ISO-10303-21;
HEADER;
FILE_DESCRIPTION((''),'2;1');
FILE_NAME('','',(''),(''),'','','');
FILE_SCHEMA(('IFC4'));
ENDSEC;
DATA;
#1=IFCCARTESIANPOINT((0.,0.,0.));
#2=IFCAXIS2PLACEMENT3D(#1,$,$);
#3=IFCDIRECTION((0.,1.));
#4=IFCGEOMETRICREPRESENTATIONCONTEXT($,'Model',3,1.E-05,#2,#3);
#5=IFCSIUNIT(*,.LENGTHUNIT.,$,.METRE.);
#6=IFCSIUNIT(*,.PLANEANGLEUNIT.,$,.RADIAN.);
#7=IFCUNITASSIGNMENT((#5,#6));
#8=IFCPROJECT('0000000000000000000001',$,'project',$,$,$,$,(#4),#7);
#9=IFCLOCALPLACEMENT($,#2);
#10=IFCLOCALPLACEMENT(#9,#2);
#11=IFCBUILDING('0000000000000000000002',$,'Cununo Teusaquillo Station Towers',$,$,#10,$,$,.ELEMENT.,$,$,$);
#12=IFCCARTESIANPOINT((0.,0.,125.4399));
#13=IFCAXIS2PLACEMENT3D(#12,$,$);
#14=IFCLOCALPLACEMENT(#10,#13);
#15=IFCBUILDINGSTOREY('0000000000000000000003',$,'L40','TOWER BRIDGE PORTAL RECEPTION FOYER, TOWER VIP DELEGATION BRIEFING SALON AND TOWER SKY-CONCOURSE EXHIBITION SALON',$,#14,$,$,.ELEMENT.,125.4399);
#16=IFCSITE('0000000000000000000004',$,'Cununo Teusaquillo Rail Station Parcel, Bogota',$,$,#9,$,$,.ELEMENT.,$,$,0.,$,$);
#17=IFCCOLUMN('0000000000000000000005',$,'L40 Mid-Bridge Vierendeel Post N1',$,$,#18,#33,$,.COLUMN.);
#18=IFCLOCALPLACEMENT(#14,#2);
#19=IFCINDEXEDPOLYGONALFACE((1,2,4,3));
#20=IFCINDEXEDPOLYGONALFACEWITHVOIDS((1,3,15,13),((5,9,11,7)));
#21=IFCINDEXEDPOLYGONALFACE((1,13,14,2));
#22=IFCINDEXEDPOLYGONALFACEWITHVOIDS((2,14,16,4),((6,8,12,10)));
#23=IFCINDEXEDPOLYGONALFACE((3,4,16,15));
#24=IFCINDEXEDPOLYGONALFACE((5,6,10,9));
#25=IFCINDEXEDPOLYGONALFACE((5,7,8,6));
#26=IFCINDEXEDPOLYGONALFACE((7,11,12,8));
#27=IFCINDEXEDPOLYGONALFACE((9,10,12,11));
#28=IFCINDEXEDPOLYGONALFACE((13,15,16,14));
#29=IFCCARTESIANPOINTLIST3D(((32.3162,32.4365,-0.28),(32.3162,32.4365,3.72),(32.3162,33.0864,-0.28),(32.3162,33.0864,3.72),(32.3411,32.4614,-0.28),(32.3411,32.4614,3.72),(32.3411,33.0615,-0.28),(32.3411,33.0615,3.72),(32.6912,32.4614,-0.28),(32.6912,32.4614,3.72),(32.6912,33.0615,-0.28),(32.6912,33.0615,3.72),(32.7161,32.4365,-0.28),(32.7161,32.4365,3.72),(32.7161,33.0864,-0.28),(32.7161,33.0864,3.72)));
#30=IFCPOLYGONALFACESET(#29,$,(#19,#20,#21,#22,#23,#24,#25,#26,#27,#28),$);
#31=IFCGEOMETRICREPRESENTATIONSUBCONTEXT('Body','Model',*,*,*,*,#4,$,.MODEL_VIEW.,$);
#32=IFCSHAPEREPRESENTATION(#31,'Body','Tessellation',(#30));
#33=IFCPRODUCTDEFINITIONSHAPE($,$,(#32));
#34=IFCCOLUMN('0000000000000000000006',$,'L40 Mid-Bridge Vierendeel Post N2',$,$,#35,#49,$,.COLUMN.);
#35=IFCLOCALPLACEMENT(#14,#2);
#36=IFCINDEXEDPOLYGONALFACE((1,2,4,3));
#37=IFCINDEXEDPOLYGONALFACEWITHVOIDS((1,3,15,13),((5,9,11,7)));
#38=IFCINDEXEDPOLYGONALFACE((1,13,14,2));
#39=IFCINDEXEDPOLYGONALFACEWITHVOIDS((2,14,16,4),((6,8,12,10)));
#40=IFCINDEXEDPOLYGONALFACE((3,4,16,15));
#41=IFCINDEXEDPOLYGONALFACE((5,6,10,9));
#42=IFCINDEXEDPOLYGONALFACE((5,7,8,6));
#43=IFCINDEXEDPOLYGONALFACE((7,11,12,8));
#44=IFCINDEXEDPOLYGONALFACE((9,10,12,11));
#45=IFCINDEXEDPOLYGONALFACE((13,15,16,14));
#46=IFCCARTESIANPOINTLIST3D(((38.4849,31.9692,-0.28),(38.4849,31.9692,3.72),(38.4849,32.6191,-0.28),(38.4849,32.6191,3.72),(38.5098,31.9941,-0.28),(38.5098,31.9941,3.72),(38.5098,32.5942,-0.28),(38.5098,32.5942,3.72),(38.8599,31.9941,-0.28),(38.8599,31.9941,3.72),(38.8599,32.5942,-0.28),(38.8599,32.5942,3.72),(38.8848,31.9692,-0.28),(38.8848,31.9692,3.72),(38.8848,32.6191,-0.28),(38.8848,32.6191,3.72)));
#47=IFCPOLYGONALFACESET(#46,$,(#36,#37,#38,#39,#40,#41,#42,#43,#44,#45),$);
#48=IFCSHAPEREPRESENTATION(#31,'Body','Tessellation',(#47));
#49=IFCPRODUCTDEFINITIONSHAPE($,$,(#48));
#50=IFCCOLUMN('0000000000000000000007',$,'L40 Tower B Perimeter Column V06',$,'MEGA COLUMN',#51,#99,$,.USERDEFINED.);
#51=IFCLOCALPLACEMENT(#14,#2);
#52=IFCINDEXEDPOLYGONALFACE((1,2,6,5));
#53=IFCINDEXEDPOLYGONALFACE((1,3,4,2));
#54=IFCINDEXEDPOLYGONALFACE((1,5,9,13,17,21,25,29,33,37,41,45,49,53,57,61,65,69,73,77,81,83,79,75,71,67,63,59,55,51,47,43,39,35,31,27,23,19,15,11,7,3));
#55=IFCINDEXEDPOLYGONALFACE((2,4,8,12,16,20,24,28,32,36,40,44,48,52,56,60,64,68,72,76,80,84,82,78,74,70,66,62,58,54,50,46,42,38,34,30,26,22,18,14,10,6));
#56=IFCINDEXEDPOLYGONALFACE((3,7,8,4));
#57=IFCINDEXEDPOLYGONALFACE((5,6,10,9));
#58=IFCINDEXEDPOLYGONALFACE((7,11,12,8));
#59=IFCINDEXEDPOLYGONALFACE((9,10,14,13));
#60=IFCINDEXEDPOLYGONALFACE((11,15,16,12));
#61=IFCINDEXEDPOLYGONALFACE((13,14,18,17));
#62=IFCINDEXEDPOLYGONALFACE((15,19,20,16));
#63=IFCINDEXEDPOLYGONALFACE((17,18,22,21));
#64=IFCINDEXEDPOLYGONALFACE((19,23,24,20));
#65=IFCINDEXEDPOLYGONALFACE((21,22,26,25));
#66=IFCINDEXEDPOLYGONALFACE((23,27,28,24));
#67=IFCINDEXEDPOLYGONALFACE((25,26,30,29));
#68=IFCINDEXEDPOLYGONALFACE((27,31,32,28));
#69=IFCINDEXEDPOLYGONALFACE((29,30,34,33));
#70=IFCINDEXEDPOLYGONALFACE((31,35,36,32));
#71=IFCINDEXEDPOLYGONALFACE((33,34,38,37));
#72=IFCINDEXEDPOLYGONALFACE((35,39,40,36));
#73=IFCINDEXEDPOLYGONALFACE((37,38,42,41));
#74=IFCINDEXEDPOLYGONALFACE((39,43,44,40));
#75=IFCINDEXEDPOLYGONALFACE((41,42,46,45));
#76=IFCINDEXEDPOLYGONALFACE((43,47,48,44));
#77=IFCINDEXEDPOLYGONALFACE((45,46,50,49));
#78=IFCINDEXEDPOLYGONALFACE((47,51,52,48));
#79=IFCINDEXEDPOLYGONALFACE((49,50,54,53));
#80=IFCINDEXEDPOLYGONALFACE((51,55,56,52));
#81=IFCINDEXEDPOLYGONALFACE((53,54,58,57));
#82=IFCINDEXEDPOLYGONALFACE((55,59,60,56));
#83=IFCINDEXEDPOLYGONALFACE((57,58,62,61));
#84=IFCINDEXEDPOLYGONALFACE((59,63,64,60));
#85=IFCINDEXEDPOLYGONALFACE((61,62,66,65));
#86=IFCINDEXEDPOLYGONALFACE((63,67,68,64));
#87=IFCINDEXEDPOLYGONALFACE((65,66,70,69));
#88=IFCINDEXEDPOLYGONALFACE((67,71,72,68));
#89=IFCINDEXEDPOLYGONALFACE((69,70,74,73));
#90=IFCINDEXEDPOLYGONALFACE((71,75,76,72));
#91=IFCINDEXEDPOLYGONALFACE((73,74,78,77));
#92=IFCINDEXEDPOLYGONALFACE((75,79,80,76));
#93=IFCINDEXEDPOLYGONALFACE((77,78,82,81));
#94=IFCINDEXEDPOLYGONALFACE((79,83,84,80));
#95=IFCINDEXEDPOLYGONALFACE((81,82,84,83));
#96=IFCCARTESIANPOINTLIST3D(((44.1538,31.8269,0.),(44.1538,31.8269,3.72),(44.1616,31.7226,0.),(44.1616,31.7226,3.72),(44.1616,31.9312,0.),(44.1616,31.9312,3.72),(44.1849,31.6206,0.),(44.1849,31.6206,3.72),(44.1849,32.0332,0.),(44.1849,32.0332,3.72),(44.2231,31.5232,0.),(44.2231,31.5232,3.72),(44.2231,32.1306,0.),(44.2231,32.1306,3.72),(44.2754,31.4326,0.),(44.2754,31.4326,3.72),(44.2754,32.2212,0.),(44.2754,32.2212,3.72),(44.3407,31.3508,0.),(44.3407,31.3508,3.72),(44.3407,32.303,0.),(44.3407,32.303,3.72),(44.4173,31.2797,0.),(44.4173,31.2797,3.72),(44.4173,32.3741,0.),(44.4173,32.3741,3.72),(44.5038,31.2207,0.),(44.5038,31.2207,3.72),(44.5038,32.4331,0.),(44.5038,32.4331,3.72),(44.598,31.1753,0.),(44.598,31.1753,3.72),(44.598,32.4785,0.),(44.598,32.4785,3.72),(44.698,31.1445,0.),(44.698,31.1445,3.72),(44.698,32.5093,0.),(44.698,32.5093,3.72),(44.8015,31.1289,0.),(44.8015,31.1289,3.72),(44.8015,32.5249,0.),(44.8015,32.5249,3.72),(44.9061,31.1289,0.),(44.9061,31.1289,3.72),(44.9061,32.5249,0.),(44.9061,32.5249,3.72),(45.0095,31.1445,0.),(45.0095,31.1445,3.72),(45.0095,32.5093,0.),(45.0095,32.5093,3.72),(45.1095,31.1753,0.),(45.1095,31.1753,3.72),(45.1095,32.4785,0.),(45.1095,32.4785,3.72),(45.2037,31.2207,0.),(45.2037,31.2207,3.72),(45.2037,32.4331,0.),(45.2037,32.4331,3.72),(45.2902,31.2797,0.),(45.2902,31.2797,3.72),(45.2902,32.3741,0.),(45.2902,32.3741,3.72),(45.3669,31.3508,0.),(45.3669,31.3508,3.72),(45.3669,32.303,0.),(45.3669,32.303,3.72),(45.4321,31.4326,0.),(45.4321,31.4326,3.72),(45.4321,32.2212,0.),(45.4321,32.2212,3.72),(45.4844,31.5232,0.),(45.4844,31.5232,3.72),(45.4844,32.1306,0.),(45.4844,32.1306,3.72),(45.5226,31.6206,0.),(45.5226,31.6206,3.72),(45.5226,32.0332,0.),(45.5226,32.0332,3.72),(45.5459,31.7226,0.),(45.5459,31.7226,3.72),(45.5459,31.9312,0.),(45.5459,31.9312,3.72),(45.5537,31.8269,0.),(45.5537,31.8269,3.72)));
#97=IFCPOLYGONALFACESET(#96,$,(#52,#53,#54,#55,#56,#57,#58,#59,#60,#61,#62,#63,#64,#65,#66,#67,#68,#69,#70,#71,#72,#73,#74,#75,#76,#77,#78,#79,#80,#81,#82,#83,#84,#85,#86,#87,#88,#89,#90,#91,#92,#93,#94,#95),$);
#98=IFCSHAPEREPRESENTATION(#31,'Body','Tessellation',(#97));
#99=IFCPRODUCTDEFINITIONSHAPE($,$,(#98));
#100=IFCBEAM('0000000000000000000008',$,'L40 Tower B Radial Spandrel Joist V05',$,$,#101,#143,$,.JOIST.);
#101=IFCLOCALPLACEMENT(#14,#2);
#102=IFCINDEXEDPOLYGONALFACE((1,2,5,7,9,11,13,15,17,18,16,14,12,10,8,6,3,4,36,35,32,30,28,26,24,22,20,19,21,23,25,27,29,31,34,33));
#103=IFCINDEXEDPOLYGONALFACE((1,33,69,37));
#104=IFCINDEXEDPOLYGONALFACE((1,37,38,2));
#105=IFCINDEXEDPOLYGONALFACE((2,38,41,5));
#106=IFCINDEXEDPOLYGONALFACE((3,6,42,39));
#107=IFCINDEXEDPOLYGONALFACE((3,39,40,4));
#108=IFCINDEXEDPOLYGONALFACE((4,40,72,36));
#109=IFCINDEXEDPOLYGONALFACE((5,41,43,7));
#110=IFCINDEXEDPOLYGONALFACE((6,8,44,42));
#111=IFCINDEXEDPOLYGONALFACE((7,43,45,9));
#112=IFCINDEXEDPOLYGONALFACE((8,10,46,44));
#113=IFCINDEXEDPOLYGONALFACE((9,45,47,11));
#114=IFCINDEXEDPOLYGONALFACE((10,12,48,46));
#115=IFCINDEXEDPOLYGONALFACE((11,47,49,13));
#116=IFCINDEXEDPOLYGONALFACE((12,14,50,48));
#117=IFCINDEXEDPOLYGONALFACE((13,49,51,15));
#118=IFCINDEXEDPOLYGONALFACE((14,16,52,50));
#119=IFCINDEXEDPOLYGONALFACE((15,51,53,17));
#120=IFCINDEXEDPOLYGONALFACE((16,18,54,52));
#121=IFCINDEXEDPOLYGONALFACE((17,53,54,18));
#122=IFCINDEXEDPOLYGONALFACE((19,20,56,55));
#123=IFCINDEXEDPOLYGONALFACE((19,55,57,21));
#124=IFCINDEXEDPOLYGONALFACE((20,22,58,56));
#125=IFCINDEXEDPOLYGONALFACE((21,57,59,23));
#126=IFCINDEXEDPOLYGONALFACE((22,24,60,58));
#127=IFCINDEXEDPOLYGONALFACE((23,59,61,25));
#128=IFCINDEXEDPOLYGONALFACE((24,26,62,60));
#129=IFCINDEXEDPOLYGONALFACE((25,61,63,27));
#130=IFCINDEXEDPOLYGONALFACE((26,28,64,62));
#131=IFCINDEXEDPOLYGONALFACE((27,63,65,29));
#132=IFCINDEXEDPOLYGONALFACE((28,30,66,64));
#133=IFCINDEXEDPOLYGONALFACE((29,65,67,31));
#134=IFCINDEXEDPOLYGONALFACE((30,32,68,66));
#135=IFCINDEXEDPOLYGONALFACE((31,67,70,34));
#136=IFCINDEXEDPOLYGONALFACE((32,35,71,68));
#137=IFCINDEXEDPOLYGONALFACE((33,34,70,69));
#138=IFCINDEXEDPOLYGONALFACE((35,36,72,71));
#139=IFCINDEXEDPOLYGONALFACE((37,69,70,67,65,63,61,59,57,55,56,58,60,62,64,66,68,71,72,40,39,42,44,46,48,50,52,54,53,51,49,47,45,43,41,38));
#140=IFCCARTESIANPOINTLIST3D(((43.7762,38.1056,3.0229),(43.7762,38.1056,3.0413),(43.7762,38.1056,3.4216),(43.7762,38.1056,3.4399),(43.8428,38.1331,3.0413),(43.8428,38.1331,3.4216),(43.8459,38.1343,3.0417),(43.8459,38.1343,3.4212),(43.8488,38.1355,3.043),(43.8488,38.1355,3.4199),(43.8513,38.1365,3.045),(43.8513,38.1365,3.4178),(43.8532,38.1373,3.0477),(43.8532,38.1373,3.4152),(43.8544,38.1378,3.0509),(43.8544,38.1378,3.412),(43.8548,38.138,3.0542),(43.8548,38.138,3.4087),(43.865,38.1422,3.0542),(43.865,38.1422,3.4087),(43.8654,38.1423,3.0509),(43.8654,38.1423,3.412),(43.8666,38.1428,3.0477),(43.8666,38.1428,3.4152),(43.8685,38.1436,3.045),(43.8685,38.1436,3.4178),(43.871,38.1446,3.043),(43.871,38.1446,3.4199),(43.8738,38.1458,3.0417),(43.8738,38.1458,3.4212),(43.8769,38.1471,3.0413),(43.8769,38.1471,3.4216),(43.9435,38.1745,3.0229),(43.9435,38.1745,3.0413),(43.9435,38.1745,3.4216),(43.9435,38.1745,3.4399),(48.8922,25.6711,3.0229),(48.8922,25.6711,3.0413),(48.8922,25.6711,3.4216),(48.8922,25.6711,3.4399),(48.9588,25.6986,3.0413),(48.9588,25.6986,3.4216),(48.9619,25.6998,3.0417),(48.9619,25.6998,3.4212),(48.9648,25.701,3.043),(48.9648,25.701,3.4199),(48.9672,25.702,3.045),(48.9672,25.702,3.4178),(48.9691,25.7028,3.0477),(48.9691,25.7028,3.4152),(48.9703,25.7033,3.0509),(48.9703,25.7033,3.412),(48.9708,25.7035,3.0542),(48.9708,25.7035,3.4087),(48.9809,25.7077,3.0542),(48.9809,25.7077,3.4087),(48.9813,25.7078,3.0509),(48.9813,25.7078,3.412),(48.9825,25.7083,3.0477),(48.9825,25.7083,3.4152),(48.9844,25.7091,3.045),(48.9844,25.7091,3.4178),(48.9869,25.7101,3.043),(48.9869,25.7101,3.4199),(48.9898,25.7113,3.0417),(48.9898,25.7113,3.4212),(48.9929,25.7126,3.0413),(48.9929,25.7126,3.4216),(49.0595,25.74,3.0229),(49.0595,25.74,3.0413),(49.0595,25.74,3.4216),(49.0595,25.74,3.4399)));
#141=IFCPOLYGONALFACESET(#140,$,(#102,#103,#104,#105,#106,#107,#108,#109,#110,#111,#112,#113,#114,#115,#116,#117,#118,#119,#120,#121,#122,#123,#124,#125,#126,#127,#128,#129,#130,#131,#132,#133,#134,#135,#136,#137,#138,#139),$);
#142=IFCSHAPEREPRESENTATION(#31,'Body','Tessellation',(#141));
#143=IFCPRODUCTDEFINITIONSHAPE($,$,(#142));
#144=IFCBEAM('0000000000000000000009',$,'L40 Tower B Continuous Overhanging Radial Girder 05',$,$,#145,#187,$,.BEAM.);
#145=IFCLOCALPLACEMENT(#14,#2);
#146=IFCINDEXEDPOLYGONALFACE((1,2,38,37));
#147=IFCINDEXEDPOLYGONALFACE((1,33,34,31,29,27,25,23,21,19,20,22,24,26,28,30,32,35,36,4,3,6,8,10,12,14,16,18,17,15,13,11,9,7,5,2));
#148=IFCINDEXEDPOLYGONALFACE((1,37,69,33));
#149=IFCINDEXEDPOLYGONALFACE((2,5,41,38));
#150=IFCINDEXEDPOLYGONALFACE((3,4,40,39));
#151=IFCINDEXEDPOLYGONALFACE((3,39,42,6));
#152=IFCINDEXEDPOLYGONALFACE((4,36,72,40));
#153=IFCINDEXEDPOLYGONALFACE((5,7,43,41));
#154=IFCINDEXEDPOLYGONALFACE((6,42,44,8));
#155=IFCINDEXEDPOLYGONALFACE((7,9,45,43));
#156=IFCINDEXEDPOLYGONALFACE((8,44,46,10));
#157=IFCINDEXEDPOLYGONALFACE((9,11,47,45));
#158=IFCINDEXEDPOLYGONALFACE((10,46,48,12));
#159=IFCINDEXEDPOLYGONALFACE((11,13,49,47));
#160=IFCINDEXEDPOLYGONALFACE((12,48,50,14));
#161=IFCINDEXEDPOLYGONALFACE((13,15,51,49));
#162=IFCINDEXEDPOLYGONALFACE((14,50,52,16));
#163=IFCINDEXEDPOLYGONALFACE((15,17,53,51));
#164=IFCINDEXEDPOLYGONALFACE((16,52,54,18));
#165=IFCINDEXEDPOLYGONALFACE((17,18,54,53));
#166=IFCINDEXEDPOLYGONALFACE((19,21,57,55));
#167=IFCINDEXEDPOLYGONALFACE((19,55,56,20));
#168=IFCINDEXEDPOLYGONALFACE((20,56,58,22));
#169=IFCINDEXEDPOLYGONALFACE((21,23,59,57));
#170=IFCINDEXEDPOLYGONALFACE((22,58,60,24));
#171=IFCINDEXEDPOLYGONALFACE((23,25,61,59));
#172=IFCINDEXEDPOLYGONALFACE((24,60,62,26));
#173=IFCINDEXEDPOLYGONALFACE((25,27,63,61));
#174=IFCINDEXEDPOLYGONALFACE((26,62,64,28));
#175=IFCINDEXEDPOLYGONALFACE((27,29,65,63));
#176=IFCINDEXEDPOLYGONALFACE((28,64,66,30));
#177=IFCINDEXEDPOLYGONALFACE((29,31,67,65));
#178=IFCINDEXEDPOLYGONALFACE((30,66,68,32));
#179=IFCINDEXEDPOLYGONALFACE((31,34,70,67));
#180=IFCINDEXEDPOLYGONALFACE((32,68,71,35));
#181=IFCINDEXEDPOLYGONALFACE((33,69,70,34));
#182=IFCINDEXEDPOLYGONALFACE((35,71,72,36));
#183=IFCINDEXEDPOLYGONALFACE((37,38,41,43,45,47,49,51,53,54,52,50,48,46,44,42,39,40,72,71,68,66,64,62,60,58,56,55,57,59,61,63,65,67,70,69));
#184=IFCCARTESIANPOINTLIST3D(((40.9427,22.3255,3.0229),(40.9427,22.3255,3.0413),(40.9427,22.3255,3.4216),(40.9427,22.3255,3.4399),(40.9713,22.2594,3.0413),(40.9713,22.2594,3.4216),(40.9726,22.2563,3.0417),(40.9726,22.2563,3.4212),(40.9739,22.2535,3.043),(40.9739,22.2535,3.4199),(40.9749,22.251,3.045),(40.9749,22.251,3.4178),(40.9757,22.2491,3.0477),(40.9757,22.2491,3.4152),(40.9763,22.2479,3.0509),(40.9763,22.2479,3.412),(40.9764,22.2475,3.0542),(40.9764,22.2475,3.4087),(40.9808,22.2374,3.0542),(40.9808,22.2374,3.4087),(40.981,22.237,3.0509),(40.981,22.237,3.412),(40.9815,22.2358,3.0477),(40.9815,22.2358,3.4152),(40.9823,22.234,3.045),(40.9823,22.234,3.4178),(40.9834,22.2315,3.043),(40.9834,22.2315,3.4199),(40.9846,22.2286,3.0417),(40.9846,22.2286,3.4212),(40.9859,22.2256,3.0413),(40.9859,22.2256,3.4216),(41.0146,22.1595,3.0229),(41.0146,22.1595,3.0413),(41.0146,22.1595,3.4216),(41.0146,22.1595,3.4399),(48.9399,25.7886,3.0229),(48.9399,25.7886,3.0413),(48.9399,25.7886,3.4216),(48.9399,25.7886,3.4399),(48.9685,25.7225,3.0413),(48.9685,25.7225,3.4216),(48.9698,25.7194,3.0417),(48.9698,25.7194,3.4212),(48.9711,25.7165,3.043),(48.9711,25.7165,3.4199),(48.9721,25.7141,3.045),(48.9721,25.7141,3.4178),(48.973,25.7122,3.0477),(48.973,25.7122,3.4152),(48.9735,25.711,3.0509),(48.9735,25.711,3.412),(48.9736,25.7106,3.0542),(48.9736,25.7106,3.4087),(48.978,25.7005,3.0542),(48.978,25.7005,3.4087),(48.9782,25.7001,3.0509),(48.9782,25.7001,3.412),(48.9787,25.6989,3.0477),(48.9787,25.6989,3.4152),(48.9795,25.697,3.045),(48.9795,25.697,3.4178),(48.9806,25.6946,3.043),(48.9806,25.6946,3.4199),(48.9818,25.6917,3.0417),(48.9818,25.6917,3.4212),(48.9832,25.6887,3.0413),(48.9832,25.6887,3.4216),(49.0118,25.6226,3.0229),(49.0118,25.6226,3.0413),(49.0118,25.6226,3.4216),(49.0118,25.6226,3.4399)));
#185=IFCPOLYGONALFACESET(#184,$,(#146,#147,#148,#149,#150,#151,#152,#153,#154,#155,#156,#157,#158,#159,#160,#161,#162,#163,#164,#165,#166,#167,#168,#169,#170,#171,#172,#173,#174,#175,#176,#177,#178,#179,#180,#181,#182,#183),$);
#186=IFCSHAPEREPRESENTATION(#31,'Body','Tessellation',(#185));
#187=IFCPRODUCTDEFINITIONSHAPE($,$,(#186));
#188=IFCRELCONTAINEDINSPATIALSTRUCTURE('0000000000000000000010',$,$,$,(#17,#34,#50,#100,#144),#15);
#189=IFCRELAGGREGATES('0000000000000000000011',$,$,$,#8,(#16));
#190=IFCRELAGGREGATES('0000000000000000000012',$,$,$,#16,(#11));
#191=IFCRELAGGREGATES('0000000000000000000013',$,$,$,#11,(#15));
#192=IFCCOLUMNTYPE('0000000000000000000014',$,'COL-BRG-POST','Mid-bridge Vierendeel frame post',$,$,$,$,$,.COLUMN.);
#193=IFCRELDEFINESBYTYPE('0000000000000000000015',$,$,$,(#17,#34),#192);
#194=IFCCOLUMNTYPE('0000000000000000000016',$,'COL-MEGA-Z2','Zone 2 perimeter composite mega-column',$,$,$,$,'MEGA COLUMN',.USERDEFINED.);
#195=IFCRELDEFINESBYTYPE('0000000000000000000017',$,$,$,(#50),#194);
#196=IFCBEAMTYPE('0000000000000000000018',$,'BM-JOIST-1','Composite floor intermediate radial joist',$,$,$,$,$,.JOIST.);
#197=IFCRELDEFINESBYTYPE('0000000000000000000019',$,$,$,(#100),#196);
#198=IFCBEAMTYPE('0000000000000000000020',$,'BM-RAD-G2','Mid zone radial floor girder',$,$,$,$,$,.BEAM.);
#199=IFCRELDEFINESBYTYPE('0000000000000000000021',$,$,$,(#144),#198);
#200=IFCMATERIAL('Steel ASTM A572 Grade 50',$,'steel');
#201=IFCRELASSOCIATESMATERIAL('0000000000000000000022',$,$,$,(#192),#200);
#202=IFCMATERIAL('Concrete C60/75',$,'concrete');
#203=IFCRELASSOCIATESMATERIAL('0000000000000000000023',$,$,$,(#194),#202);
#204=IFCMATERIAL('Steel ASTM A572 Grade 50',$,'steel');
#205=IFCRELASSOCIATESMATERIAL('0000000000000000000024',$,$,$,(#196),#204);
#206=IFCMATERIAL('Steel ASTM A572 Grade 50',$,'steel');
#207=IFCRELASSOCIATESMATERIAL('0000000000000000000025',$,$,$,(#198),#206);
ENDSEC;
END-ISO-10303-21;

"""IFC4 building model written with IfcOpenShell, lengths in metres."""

from ifc_helpers import new_model, si_unit, direction, frame, origin, origin_2d, place, context, subcontext, project, spatial, hollow_rectangle, circle, i_section, extrude, material, material_profile, profile_set, type_object, element, save


model = new_model("IFC4")

# Units and contexts
model_context = context("Model", 3, precision=1e-05, world=origin(), true_north=direction((0.0, 1.0)))
body_context = subcontext(model_context, "Body", "Model", "MODEL_VIEW")
ifc_project = project(units=[si_unit("LENGTHUNIT", "METRE"), si_unit("PLANEANGLEUNIT", "RADIAN")], contexts=[model_context])

# Site, building, storey
site_placement = place(None, origin())
site = spatial("IfcSite", under=ifc_project, at=site_placement, Name="Cununo Teusaquillo Rail Station Parcel, Bogota", CompositionType="ELEMENT", RefElevation=0.0)
building_placement = place(site_placement, origin())
building = spatial("IfcBuilding", under=site, at=building_placement, Name="Cununo Teusaquillo Station Towers", CompositionType="ELEMENT")
storey_placement = place(building_placement, frame((0.0, 0.0, 125.4399)))
storey = spatial("IfcBuildingStorey", under=building, at=storey_placement, Name="L40", Description="TOWER BRIDGE PORTAL RECEPTION FOYER, TOWER VIP DELEGATION BRIEFING SALON AND TOWER SKY-CONCOURSE EXHIBITION SALON", CompositionType="ELEMENT", Elevation=125.4399)

# Columns
ifc_material_1 = material(Name="Steel ASTM A572 Grade 50", Category="steel")
ifc_material_profile_1 = material_profile(ifc_material_1, hollow_rectangle(XDim=0.3999, YDim=0.6499, WallThickness=0.0249, at=origin_2d()), Name="RHS 650x400x25")
ifc_profile_set_1 = profile_set([ifc_material_profile_1], Name="Steel ASTM A572 Grade 50")
column_type_1 = type_object("IfcColumnType", Name="COL-BRG-POST", Description="Mid-bridge Vierendeel frame post", PredefinedType="COLUMN", material=ifc_profile_set_1)
for number, where, z_axis, x_axis, name in (
    (1, (32.5161, 32.7615, -0.28), (0.0, 0.0, 1.0), (1.0, 0.0, 0.0), "L40 Mid-Bridge Vierendeel Post N1"),
    (2, (38.6848, 32.2942, -0.28), (0.0, 0.0, 1.0), (1.0, 0.0, 0.0), "L40 Mid-Bridge Vierendeel Post N2"),
):
    element("IfcColumn", number, at=place(storey_placement, frame(where, z_axis=z_axis, x_axis=x_axis)), inside=storey, type_object=column_type_1, Name=name, PredefinedType="COLUMN", context=body_context, shape_type="SweptSolid", body=[
        extrude(hollow_rectangle(XDim=0.3999, YDim=0.6499, WallThickness=0.0249, at=origin_2d()), origin(), (0.0, 0.0, 1.0), 4.0),
    ])
ifc_material_2 = material(Name="Concrete C60/75", Category="concrete")
ifc_material_profile_2 = material_profile(ifc_material_2, circle(Radius=0.7, at=origin_2d()), Name="RC-CIRC-1400")
ifc_profile_set_2 = profile_set([ifc_material_profile_2], Name="Concrete C60/75")
column_type_2 = type_object("IfcColumnType", Name="COL-MEGA-Z2", Description="Zone 2 perimeter composite mega-column", ElementType="MEGA COLUMN", PredefinedType="USERDEFINED", material=ifc_profile_set_2)
column_placement = place(storey_placement, frame((44.8538, 31.8269, 0.0), z_axis=(0.0, 0.0, 1.0), x_axis=(1.0, 0.0, 0.0)))
element("IfcColumn", 3, at=column_placement, inside=storey, type_object=column_type_2, Name="L40 Tower B Perimeter Column V06", ObjectType="MEGA COLUMN", PredefinedType="USERDEFINED", context=body_context, shape_type="SweptSolid", body=[
    extrude(circle(Radius=0.7, at=origin_2d()), origin(), (0.0, 0.0, 1.0), 3.72),
])

# Beams
ifc_material_3 = material(Name="Steel ASTM A572 Grade 50", Category="steel")
ifc_material_profile_3 = material_profile(ifc_material_3, i_section(OverallWidth=0.1809, OverallDepth=0.417, WebThickness=0.011, FlangeThickness=0.0183, FilletRadius=0.0129, at=origin_2d()), Name="W16X57")
ifc_profile_set_3 = profile_set([ifc_material_profile_3], Name="Steel ASTM A572 Grade 50")
beam_type_1 = type_object("IfcBeamType", Name="BM-JOIST-1", Description="Composite floor intermediate radial joist", PredefinedType="JOIST", material=ifc_profile_set_3)
beam_1_placement = place(storey_placement, frame((48.9758, 25.7056, 3.2314), z_axis=(-0.380486, 0.924787, 0.0), x_axis=(-0.924787, -0.380486, 0.0)))
element("IfcBeam", 4, at=beam_1_placement, inside=storey, type_object=beam_type_1, Name="L40 Tower B Radial Spandrel Joist V05", PredefinedType="JOIST", context=body_context, shape_type="SweptSolid", body=[
    extrude(i_section(OverallWidth=0.1809, OverallDepth=0.417, WebThickness=0.011, FlangeThickness=0.0183, FilletRadius=0.0129, at=origin_2d()), origin(), (0.0, 0.0, 1.0), 13.4458),
])
ifc_material_4 = material(Name="Steel ASTM A572 Grade 50", Category="steel")
ifc_material_profile_4 = material_profile(ifc_material_4, i_section(OverallWidth=0.1809, OverallDepth=0.417, WebThickness=0.011, FlangeThickness=0.0183, FilletRadius=0.0129, at=origin_2d()), Name="W16X57")
ifc_profile_set_4 = profile_set([ifc_material_profile_4], Name="Steel ASTM A572 Grade 50")
beam_type_2 = type_object("IfcBeamType", Name="BM-RAD-G2", Description="Mid zone radial floor girder", PredefinedType="BEAM", material=ifc_profile_set_4)
beam_2_placement = place(storey_placement, frame((48.9758, 25.7056, 3.2314), z_axis=(-0.917655, -0.397379, 0.0), x_axis=(0.397379, -0.917655, 0.0)))
element("IfcBeam", 5, at=beam_2_placement, inside=storey, type_object=beam_type_2, Name="L40 Tower B Continuous Overhanging Radial Girder 05", PredefinedType="BEAM", context=body_context, shape_type="SweptSolid", body=[
    extrude(i_section(OverallWidth=0.1809, OverallDepth=0.417, WebThickness=0.011, FlangeThickness=0.0183, FilletRadius=0.0129, at=origin_2d()), origin(), (0.0, 0.0, 1.0), 8.7148),
])

save(model, "model.ifc")
